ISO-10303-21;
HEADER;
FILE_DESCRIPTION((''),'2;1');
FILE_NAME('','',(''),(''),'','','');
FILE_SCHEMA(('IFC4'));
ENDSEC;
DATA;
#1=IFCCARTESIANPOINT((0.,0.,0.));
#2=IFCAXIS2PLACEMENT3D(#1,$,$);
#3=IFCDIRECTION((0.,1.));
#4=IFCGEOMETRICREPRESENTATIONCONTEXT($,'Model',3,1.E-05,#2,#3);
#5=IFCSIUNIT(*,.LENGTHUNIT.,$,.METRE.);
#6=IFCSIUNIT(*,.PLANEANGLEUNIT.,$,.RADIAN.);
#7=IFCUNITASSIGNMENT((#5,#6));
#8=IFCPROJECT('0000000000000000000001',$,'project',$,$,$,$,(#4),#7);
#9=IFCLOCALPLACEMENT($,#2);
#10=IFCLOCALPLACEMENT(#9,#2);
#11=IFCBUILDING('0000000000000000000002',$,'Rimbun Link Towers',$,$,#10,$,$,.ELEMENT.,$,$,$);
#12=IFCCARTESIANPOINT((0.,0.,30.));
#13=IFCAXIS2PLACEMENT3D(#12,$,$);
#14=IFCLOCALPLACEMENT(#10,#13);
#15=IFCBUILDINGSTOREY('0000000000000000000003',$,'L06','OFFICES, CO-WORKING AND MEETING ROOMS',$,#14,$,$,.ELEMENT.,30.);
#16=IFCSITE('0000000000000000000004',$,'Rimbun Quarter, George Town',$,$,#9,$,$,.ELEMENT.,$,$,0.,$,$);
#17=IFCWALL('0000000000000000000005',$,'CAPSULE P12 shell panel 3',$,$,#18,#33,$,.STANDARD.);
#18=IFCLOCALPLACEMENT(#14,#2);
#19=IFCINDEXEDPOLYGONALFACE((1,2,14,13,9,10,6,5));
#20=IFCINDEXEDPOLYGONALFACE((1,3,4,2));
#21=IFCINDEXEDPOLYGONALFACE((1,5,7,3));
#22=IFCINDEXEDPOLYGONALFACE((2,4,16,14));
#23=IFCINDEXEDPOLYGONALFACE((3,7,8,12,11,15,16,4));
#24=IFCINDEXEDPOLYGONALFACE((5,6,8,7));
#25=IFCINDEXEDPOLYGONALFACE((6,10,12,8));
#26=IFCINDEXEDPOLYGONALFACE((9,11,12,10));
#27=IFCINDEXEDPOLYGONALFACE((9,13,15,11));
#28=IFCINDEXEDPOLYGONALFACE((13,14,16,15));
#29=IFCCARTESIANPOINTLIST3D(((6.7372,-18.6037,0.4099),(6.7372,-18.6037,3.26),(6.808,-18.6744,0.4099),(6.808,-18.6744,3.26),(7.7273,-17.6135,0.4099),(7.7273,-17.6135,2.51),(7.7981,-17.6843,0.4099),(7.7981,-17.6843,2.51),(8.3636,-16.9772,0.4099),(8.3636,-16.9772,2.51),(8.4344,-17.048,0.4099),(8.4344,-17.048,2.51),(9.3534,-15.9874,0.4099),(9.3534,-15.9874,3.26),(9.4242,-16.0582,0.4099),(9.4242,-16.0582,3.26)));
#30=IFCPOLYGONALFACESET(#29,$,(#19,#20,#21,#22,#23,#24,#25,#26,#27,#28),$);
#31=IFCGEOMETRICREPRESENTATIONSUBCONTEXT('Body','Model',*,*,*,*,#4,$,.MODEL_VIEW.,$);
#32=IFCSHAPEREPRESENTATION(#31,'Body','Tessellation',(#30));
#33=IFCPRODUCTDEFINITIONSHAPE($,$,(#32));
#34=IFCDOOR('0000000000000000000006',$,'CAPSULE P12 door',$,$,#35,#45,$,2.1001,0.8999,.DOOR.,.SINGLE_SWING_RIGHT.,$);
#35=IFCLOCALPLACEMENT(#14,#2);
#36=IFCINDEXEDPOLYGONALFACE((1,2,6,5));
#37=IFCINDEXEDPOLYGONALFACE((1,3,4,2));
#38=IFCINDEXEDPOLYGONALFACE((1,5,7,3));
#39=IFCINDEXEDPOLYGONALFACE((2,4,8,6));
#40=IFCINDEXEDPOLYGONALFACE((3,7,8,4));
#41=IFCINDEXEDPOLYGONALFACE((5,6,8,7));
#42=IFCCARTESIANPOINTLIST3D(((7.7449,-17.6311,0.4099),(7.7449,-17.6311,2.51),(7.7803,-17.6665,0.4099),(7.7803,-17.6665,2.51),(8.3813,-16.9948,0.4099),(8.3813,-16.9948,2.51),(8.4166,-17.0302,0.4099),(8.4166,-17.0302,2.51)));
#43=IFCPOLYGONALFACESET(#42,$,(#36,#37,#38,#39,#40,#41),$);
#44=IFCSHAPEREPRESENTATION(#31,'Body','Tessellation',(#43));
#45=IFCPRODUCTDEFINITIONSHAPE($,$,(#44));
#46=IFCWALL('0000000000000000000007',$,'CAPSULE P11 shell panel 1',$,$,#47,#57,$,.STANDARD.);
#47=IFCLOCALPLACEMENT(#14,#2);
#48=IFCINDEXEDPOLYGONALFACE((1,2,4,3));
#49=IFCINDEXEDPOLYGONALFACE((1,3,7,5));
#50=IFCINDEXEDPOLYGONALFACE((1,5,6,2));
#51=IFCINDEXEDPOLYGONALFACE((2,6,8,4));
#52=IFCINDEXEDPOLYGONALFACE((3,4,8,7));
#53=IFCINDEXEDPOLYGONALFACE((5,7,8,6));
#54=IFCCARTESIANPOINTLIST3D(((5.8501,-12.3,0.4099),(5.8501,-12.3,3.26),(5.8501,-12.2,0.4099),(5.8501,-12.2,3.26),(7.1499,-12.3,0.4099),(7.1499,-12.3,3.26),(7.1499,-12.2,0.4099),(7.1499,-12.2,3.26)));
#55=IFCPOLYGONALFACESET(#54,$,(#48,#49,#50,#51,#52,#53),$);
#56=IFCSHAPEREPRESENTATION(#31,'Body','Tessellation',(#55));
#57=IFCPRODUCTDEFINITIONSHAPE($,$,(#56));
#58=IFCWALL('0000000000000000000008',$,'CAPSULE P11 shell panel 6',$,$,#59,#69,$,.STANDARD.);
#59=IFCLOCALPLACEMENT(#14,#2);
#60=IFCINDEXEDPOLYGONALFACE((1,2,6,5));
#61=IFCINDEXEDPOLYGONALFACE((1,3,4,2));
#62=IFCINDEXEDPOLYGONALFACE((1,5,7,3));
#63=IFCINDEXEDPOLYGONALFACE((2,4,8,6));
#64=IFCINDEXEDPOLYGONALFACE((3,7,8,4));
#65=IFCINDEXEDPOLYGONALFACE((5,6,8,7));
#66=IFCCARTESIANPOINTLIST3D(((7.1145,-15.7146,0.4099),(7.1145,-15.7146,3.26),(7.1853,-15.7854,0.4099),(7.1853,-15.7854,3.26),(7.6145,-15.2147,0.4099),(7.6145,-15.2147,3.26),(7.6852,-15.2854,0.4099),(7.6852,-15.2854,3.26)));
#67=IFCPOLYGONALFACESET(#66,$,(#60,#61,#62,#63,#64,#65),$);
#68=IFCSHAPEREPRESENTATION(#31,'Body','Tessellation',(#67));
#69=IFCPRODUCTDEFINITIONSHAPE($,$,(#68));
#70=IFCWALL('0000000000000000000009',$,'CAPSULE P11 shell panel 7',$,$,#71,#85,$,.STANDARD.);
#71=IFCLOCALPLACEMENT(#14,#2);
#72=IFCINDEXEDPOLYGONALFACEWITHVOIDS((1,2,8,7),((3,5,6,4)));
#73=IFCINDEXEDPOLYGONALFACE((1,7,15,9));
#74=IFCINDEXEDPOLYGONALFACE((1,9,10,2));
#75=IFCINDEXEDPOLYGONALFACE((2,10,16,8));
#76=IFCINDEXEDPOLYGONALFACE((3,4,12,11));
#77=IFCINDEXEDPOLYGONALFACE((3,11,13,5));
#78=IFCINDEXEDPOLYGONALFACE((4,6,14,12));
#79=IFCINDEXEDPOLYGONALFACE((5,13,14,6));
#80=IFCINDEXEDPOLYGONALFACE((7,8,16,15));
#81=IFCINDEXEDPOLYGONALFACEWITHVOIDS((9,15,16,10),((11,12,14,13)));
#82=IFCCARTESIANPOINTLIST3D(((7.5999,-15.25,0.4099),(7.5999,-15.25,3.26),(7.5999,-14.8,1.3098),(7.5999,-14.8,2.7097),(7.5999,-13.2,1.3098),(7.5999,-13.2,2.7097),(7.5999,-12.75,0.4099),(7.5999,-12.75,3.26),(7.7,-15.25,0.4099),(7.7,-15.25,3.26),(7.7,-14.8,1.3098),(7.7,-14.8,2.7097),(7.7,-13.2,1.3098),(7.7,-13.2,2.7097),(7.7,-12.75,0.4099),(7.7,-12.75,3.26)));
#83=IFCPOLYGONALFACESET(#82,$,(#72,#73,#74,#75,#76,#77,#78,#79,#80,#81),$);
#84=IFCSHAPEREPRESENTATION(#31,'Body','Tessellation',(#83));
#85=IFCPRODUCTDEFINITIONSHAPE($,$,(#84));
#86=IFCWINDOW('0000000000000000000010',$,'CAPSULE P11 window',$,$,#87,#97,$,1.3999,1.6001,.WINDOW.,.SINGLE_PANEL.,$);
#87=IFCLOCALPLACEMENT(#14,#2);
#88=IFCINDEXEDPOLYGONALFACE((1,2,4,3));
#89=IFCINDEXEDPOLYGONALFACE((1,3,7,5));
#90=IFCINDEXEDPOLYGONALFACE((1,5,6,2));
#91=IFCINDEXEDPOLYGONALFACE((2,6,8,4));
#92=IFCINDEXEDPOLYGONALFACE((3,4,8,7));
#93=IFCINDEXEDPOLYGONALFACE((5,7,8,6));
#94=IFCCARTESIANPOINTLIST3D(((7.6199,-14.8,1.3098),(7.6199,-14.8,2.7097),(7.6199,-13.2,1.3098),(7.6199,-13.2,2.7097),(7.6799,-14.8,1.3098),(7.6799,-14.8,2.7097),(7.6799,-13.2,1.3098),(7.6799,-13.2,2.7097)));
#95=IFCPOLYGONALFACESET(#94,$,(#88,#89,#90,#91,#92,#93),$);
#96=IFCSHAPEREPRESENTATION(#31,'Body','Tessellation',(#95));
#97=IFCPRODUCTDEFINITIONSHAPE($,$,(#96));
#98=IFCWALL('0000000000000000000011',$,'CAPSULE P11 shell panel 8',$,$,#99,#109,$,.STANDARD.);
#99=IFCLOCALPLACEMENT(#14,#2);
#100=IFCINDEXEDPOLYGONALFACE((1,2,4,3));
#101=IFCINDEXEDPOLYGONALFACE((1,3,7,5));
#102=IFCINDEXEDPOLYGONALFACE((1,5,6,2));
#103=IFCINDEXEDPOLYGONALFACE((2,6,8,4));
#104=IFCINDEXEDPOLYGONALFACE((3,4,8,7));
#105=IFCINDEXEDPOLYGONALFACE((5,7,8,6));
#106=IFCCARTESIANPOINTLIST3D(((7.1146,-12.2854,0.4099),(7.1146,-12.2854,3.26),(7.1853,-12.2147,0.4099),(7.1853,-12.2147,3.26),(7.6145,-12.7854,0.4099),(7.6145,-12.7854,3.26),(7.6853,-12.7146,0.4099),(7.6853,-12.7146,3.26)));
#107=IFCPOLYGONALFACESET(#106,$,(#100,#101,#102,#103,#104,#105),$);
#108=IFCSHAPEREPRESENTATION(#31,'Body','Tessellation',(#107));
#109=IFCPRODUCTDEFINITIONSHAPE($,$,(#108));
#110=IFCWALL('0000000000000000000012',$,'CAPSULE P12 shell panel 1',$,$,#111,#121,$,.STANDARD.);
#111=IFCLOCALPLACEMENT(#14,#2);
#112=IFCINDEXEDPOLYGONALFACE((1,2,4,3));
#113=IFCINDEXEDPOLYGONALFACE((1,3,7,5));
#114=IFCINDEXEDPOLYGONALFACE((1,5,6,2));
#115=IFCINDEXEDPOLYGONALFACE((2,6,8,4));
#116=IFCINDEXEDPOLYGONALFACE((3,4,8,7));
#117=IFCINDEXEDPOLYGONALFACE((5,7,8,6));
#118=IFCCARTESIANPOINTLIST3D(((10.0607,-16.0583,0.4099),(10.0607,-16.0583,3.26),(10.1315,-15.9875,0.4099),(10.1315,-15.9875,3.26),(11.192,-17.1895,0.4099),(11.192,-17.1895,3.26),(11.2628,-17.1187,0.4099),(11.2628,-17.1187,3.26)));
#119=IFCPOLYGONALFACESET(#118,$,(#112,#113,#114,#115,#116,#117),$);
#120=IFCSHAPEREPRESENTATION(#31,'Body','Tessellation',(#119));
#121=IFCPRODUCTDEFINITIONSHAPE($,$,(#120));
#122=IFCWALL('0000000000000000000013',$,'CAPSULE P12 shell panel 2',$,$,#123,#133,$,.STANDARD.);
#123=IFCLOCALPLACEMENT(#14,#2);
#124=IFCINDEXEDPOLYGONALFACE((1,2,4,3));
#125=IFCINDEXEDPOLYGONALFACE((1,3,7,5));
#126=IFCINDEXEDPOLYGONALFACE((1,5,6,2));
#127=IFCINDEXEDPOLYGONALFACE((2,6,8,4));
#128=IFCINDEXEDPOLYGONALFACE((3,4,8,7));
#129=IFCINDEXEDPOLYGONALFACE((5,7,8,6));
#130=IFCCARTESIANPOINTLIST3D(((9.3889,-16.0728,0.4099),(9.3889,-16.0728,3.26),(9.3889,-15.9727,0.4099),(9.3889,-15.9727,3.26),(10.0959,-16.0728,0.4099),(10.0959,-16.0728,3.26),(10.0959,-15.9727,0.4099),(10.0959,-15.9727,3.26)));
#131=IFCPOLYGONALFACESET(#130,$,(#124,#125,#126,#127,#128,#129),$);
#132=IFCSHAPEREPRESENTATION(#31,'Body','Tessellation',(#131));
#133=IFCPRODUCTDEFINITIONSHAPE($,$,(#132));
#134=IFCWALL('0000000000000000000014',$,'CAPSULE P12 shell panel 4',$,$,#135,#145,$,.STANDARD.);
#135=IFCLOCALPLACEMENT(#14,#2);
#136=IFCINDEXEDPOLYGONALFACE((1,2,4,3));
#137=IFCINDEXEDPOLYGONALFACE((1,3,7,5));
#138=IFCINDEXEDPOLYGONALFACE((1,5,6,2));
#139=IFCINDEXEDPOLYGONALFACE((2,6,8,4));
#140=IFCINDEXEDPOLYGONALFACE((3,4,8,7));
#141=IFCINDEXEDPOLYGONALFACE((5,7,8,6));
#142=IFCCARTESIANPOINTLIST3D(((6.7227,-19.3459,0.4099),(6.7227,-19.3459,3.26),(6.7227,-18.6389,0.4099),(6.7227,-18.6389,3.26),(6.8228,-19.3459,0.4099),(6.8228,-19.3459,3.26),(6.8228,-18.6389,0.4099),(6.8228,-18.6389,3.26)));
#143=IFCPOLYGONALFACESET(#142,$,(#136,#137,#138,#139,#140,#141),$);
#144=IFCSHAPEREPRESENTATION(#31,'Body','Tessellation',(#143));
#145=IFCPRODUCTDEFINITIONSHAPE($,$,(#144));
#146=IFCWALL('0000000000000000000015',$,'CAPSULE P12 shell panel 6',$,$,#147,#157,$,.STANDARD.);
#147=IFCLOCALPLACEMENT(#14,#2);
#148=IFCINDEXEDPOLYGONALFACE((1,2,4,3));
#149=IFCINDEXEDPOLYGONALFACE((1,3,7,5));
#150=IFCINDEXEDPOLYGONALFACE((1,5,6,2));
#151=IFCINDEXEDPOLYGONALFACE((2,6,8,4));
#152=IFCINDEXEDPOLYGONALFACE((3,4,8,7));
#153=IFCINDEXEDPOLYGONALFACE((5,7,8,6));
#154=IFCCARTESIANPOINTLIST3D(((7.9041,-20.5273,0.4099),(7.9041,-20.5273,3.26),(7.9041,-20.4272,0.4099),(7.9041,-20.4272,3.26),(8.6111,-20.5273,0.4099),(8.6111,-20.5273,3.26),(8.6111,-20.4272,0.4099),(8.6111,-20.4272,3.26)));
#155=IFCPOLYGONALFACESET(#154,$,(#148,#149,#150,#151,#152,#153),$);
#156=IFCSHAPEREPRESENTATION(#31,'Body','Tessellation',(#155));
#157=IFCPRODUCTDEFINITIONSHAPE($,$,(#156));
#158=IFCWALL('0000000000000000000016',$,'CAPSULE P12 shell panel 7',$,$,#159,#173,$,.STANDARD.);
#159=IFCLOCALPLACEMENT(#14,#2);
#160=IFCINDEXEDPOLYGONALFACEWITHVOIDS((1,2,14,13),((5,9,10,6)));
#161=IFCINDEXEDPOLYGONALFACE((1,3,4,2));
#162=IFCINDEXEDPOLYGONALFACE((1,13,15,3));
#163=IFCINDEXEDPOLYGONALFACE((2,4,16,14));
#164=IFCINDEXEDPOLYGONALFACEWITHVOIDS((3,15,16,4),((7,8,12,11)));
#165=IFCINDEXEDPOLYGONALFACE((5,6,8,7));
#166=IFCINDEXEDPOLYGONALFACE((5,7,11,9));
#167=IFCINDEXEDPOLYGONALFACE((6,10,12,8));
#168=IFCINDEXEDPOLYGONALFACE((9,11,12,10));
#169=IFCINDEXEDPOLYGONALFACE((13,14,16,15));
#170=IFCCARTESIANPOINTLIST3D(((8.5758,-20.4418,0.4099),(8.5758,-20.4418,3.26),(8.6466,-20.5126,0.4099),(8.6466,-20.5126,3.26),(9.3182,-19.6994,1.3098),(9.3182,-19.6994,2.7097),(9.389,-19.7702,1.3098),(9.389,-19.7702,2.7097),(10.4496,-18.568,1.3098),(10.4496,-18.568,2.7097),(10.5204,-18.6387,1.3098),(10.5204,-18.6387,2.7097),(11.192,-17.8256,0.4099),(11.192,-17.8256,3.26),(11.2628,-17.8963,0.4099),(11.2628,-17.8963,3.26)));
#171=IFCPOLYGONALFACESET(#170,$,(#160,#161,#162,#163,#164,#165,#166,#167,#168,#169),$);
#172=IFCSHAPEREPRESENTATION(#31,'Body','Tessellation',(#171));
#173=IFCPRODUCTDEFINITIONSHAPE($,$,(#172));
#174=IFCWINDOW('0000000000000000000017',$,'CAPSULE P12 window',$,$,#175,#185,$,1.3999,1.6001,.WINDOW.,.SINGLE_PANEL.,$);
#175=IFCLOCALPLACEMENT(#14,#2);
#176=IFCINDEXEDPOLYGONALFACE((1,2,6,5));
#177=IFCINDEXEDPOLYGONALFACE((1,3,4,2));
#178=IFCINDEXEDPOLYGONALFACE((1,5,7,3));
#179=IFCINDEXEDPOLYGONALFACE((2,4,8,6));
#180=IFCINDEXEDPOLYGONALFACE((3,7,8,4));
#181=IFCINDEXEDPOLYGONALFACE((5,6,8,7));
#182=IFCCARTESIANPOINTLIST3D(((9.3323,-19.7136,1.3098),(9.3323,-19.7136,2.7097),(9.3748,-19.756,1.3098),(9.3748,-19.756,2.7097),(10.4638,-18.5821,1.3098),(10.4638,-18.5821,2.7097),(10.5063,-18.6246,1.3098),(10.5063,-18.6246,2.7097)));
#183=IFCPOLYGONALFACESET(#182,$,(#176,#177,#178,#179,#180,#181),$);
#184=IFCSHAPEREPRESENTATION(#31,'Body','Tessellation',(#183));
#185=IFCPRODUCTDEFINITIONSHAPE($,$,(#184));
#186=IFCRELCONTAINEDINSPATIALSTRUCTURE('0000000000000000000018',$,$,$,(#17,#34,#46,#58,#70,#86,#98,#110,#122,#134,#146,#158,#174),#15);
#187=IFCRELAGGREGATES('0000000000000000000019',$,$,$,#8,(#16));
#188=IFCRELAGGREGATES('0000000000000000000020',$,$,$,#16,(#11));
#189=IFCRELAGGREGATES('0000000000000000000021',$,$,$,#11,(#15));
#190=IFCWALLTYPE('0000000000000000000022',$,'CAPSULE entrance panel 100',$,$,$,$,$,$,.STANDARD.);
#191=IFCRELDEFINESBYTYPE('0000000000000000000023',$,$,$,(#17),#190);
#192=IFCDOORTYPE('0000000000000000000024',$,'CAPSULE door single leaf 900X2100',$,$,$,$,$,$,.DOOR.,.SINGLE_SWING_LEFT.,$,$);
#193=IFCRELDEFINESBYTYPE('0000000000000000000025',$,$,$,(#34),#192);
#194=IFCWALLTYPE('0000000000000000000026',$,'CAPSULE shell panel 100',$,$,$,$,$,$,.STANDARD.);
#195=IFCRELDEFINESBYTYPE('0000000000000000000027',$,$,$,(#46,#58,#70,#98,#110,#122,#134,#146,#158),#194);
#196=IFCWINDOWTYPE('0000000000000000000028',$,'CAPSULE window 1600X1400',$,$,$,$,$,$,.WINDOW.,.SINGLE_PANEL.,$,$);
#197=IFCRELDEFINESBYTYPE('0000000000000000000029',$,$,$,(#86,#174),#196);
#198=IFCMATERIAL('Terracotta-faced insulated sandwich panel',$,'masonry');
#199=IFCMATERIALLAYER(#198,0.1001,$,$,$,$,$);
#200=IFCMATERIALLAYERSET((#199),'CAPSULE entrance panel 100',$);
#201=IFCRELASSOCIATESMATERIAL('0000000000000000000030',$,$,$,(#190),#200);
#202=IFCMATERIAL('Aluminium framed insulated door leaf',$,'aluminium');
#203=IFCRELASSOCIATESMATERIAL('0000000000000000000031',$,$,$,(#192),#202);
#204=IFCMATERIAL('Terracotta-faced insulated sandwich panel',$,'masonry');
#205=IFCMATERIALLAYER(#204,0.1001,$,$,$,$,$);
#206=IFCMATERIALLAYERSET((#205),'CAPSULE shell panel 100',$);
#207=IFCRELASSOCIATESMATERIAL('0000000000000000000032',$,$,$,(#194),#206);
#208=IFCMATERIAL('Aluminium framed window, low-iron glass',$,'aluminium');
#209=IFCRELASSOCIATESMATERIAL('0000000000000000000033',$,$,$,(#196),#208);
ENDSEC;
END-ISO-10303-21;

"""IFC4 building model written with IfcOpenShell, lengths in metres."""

from ifc_helpers import new_model, si_unit, direction, frame, frame_2d, origin, place, context, subcontext, project, spatial, rectangle, extrude, material, layer, layer_set, type_object, element, fill, save


model = new_model("IFC4")

# Units and contexts
model_context = context("Model", 3, precision=1e-05, world=origin(), true_north=direction((0.0, 1.0)))
body_context = subcontext(model_context, "Body", "Model", "MODEL_VIEW")
ifc_project = project(units=[si_unit("LENGTHUNIT", "METRE"), si_unit("PLANEANGLEUNIT", "RADIAN")], contexts=[model_context])

# Site, building, storey
site_placement = place(None, origin())
site = spatial("IfcSite", under=ifc_project, at=site_placement, Name="Rimbun Quarter, George Town", CompositionType="ELEMENT", RefElevation=0.0)
building_placement = place(site_placement, origin())
building = spatial("IfcBuilding", under=site, at=building_placement, Name="Rimbun Link Towers", CompositionType="ELEMENT")
storey_placement = place(building_placement, frame((0.0, 0.0, 30.0)))
storey = spatial("IfcBuildingStorey", under=building, at=storey_placement, Name="L06", Description="OFFICES, CO-WORKING AND MEETING ROOMS", CompositionType="ELEMENT", Elevation=30.0)

# Wall, opening, door
ifc_material_1 = material(Name="Terracotta-faced insulated sandwich panel", Category="masonry")
ifc_layer_1 = layer(ifc_material_1, 0.1001)
ifc_layer_set_1 = layer_set([ifc_layer_1], Name="CAPSULE entrance panel 100")
wall_type_1 = type_object("IfcWallType", Name="CAPSULE entrance panel 100", PredefinedType="STANDARD", material=ifc_layer_set_1)
wall_1_placement = place(storey_placement, frame((9.3889, -16.0227, 0.4099), z_axis=(0.0, 0.0, 1.0), x_axis=(-0.707107, -0.707107, 0.0)))
wall_1 = element("IfcWall", 1, at=wall_1_placement, inside=storey, type_object=wall_type_1, Name="CAPSULE P12 shell panel 3", PredefinedType="STANDARD", context=body_context, shape_type="SweptSolid", body=[
    extrude(rectangle(XDim=3.7, YDim=0.1001, at=frame_2d((1.8501, 0.0))), origin(), (0.0, 0.0, 1.0), 2.8501),
])
opening_1_placement = place(wall_1_placement, frame((1.3999, 0.0, 0.0)))
opening_1 = element("IfcOpeningElement", 2, at=opening_1_placement, cuts=wall_1, PredefinedType="OPENING", context=body_context, shape_type="SweptSolid", body=[
    extrude(rectangle(XDim=0.8999, YDim=2.1001, at=frame_2d((0.45, 1.05))), frame((0.0, 0.0601, 0.0), z_axis=(0.0, -1.0, 0.0), x_axis=(1.0, 0.0, 0.0)), (0.0, 0.0, 1.0), 0.1201),
])
ifc_material_2 = material(Name="Aluminium framed insulated door leaf", Category="aluminium")
door_type_1 = type_object("IfcDoorType", Name="CAPSULE door single leaf 900X2100", OperationType="SINGLE_SWING_LEFT", PredefinedType="DOOR", material=ifc_material_2)
door_1_placement = place(opening_1_placement, origin())
door_1 = element("IfcDoor", 3, at=door_1_placement, inside=storey, type_object=door_type_1, Name="CAPSULE P12 door", OperationType="SINGLE_SWING_RIGHT", OverallHeight=2.1001, OverallWidth=0.8999, PredefinedType="DOOR", context=body_context, shape_type="SweptSolid", body=[
    extrude(rectangle(XDim=0.8999, YDim=2.1001, at=frame_2d((0.45, 1.05))), frame((0.0, 0.0249, 0.0), z_axis=(0.0, -1.0, 0.0), x_axis=(1.0, 0.0, 0.0)), (0.0, 0.0, 1.0), 0.05),
])
fill(opening_1, door_1)

# Walls
ifc_material_3 = material(Name="Terracotta-faced insulated sandwich panel", Category="masonry")
ifc_layer_2 = layer(ifc_material_3, 0.1001)
ifc_layer_set_2 = layer_set([ifc_layer_2], Name="CAPSULE shell panel 100")
wall_type_2 = type_object("IfcWallType", Name="CAPSULE shell panel 100", PredefinedType="STANDARD", material=ifc_layer_set_2)
wall_2_placement = place(storey_placement, frame((7.1499, -12.25, 0.4099), z_axis=(0.0, 0.0, 1.0), x_axis=(-1.0, 0.0, 0.0)))
element("IfcWall", 4, at=wall_2_placement, inside=storey, type_object=wall_type_2, Name="CAPSULE P11 shell panel 1", PredefinedType="STANDARD", context=body_context, shape_type="SweptSolid", body=[
    extrude(rectangle(XDim=1.2998, YDim=0.1001, at=frame_2d((0.6499, 0.0))), origin(), (0.0, 0.0, 1.0), 2.8501),
])
wall_3_placement = place(storey_placement, frame((7.1499, -15.75, 0.4099), z_axis=(0.0, 0.0, 1.0), x_axis=(0.707107, 0.707107, 0.0)))
element("IfcWall", 5, at=wall_3_placement, inside=storey, type_object=wall_type_2, Name="CAPSULE P11 shell panel 6", PredefinedType="STANDARD", context=body_context, shape_type="SweptSolid", body=[
    extrude(rectangle(XDim=0.707, YDim=0.1001, at=frame_2d((0.3535, 0.0))), origin(), (0.0, 0.0, 1.0), 2.8501),
])

# Wall, opening, window
wall_4_placement = place(storey_placement, frame((7.6499, -15.25, 0.4099), z_axis=(0.0, 0.0, 1.0), x_axis=(0.0, 1.0, 0.0)))
wall_4 = element("IfcWall", 6, at=wall_4_placement, inside=storey, type_object=wall_type_2, Name="CAPSULE P11 shell panel 7", PredefinedType="STANDARD", context=body_context, shape_type="SweptSolid", body=[
    extrude(rectangle(XDim=2.5, YDim=0.1001, at=frame_2d((1.25, 0.0))), origin(), (0.0, 0.0, 1.0), 2.8501),
])
opening_2_placement = place(wall_4_placement, frame((0.45, 0.0, 0.8999)))
opening_2 = element("IfcOpeningElement", 7, at=opening_2_placement, cuts=wall_4, PredefinedType="OPENING", context=body_context, shape_type="SweptSolid", body=[
    extrude(rectangle(XDim=1.6001, YDim=1.3999, at=frame_2d((0.8, 0.7))), frame((0.0, 0.0601, 0.0), z_axis=(0.0, -1.0, 0.0), x_axis=(1.0, 0.0, 0.0)), (0.0, 0.0, 1.0), 0.1201),
])
ifc_material_4 = material(Name="Aluminium framed window, low-iron glass", Category="aluminium")
window_type = type_object("IfcWindowType", Name="CAPSULE window 1600X1400", PartitioningType="SINGLE_PANEL", PredefinedType="WINDOW", material=ifc_material_4)
window_1_placement = place(opening_2_placement, origin())
window_1 = element("IfcWindow", 8, at=window_1_placement, inside=storey, type_object=window_type, Name="CAPSULE P11 window", OverallHeight=1.3999, OverallWidth=1.6001, PartitioningType="SINGLE_PANEL", PredefinedType="WINDOW", context=body_context, shape_type="SweptSolid", body=[
    extrude(rectangle(XDim=1.6001, YDim=1.3999, at=frame_2d((0.8, 0.7))), frame((0.0, 0.03, 0.0), z_axis=(0.0, -1.0, 0.0), x_axis=(1.0, 0.0, 0.0)), (0.0, 0.0, 1.0), 0.0601),
])
fill(opening_2, window_1)

# Walls
wall_5_placement = place(storey_placement, frame((7.6499, -12.75, 0.4099), z_axis=(0.0, 0.0, 1.0), x_axis=(-0.707107, 0.707107, 0.0)))
element("IfcWall", 9, at=wall_5_placement, inside=storey, type_object=wall_type_2, Name="CAPSULE P11 shell panel 8", PredefinedType="STANDARD", context=body_context, shape_type="SweptSolid", body=[
    extrude(rectangle(XDim=0.707, YDim=0.1001, at=frame_2d((0.3535, 0.0))), origin(), (0.0, 0.0, 1.0), 2.8501),
])
wall_6_placement = place(storey_placement, frame((11.2273, -17.1541, 0.4099), z_axis=(0.0, 0.0, 1.0), x_axis=(-0.707107, 0.707107, 0.0)))
element("IfcWall", 10, at=wall_6_placement, inside=storey, type_object=wall_type_2, Name="CAPSULE P12 shell panel 1", PredefinedType="STANDARD", context=body_context, shape_type="SweptSolid", body=[
    extrude(rectangle(XDim=1.5999, YDim=0.1001, at=frame_2d((0.7998, 0.0))), origin(), (0.0, 0.0, 1.0), 2.8501),
])
for number, where, z_axis, x_axis, name in (
    (11, (10.0959, -16.0227, 0.4099), (0.0, 0.0, 1.0), (-1.0, 0.0, 0.0), "CAPSULE P12 shell panel 2"),
    (12, (6.7727, -18.6389, 0.4099), (0.0, 0.0, 1.0), (0.0, -1.0, 0.0), "CAPSULE P12 shell panel 4"),
    (13, (7.9041, -20.4773, 0.4099), (0.0, 0.0, 1.0), (1.0, 0.0, 0.0), "CAPSULE P12 shell panel 6"),
):
    element("IfcWall", number, at=place(storey_placement, frame(where, z_axis=z_axis, x_axis=x_axis)), inside=storey, type_object=wall_type_2, Name=name, PredefinedType="STANDARD", context=body_context, shape_type="SweptSolid", body=[
        extrude(rectangle(XDim=0.707, YDim=0.1001, at=frame_2d((0.3535, 0.0))), origin(), (0.0, 0.0, 1.0), 2.8501),
    ])

# Wall, opening, window
wall_7_placement = place(storey_placement, frame((8.6111, -20.4773, 0.4099), z_axis=(0.0, 0.0, 1.0), x_axis=(0.707107, 0.707107, 0.0)))
wall_7 = element("IfcWall", 14, at=wall_7_placement, inside=storey, type_object=wall_type_2, Name="CAPSULE P12 shell panel 7", PredefinedType="STANDARD", context=body_context, shape_type="SweptSolid", body=[
    extrude(rectangle(XDim=3.7, YDim=0.1001, at=frame_2d((1.8501, 0.0))), origin(), (0.0, 0.0, 1.0), 2.8501),
])
opening_3_placement = place(wall_7_placement, frame((1.05, 0.0, 0.8999)))
opening_3 = element("IfcOpeningElement", 15, at=opening_3_placement, cuts=wall_7, PredefinedType="OPENING", context=body_context, shape_type="SweptSolid", body=[
    extrude(rectangle(XDim=1.6001, YDim=1.3999, at=frame_2d((0.8, 0.7))), frame((0.0, 0.0601, 0.0), z_axis=(0.0, -1.0, 0.0), x_axis=(1.0, 0.0, 0.0)), (0.0, 0.0, 1.0), 0.1201),
])
window_2_placement = place(opening_3_placement, origin())
window_2 = element("IfcWindow", 16, at=window_2_placement, inside=storey, type_object=window_type, Name="CAPSULE P12 window", OverallHeight=1.3999, OverallWidth=1.6001, PartitioningType="SINGLE_PANEL", PredefinedType="WINDOW", context=body_context, shape_type="SweptSolid", body=[
    extrude(rectangle(XDim=1.6001, YDim=1.3999, at=frame_2d((0.8, 0.7))), frame((0.0, 0.03, 0.0), z_axis=(0.0, -1.0, 0.0), x_axis=(1.0, 0.0, 0.0)), (0.0, 0.0, 1.0), 0.0601),
])
fill(opening_3, window_2)

save(model, "model.ifc")
